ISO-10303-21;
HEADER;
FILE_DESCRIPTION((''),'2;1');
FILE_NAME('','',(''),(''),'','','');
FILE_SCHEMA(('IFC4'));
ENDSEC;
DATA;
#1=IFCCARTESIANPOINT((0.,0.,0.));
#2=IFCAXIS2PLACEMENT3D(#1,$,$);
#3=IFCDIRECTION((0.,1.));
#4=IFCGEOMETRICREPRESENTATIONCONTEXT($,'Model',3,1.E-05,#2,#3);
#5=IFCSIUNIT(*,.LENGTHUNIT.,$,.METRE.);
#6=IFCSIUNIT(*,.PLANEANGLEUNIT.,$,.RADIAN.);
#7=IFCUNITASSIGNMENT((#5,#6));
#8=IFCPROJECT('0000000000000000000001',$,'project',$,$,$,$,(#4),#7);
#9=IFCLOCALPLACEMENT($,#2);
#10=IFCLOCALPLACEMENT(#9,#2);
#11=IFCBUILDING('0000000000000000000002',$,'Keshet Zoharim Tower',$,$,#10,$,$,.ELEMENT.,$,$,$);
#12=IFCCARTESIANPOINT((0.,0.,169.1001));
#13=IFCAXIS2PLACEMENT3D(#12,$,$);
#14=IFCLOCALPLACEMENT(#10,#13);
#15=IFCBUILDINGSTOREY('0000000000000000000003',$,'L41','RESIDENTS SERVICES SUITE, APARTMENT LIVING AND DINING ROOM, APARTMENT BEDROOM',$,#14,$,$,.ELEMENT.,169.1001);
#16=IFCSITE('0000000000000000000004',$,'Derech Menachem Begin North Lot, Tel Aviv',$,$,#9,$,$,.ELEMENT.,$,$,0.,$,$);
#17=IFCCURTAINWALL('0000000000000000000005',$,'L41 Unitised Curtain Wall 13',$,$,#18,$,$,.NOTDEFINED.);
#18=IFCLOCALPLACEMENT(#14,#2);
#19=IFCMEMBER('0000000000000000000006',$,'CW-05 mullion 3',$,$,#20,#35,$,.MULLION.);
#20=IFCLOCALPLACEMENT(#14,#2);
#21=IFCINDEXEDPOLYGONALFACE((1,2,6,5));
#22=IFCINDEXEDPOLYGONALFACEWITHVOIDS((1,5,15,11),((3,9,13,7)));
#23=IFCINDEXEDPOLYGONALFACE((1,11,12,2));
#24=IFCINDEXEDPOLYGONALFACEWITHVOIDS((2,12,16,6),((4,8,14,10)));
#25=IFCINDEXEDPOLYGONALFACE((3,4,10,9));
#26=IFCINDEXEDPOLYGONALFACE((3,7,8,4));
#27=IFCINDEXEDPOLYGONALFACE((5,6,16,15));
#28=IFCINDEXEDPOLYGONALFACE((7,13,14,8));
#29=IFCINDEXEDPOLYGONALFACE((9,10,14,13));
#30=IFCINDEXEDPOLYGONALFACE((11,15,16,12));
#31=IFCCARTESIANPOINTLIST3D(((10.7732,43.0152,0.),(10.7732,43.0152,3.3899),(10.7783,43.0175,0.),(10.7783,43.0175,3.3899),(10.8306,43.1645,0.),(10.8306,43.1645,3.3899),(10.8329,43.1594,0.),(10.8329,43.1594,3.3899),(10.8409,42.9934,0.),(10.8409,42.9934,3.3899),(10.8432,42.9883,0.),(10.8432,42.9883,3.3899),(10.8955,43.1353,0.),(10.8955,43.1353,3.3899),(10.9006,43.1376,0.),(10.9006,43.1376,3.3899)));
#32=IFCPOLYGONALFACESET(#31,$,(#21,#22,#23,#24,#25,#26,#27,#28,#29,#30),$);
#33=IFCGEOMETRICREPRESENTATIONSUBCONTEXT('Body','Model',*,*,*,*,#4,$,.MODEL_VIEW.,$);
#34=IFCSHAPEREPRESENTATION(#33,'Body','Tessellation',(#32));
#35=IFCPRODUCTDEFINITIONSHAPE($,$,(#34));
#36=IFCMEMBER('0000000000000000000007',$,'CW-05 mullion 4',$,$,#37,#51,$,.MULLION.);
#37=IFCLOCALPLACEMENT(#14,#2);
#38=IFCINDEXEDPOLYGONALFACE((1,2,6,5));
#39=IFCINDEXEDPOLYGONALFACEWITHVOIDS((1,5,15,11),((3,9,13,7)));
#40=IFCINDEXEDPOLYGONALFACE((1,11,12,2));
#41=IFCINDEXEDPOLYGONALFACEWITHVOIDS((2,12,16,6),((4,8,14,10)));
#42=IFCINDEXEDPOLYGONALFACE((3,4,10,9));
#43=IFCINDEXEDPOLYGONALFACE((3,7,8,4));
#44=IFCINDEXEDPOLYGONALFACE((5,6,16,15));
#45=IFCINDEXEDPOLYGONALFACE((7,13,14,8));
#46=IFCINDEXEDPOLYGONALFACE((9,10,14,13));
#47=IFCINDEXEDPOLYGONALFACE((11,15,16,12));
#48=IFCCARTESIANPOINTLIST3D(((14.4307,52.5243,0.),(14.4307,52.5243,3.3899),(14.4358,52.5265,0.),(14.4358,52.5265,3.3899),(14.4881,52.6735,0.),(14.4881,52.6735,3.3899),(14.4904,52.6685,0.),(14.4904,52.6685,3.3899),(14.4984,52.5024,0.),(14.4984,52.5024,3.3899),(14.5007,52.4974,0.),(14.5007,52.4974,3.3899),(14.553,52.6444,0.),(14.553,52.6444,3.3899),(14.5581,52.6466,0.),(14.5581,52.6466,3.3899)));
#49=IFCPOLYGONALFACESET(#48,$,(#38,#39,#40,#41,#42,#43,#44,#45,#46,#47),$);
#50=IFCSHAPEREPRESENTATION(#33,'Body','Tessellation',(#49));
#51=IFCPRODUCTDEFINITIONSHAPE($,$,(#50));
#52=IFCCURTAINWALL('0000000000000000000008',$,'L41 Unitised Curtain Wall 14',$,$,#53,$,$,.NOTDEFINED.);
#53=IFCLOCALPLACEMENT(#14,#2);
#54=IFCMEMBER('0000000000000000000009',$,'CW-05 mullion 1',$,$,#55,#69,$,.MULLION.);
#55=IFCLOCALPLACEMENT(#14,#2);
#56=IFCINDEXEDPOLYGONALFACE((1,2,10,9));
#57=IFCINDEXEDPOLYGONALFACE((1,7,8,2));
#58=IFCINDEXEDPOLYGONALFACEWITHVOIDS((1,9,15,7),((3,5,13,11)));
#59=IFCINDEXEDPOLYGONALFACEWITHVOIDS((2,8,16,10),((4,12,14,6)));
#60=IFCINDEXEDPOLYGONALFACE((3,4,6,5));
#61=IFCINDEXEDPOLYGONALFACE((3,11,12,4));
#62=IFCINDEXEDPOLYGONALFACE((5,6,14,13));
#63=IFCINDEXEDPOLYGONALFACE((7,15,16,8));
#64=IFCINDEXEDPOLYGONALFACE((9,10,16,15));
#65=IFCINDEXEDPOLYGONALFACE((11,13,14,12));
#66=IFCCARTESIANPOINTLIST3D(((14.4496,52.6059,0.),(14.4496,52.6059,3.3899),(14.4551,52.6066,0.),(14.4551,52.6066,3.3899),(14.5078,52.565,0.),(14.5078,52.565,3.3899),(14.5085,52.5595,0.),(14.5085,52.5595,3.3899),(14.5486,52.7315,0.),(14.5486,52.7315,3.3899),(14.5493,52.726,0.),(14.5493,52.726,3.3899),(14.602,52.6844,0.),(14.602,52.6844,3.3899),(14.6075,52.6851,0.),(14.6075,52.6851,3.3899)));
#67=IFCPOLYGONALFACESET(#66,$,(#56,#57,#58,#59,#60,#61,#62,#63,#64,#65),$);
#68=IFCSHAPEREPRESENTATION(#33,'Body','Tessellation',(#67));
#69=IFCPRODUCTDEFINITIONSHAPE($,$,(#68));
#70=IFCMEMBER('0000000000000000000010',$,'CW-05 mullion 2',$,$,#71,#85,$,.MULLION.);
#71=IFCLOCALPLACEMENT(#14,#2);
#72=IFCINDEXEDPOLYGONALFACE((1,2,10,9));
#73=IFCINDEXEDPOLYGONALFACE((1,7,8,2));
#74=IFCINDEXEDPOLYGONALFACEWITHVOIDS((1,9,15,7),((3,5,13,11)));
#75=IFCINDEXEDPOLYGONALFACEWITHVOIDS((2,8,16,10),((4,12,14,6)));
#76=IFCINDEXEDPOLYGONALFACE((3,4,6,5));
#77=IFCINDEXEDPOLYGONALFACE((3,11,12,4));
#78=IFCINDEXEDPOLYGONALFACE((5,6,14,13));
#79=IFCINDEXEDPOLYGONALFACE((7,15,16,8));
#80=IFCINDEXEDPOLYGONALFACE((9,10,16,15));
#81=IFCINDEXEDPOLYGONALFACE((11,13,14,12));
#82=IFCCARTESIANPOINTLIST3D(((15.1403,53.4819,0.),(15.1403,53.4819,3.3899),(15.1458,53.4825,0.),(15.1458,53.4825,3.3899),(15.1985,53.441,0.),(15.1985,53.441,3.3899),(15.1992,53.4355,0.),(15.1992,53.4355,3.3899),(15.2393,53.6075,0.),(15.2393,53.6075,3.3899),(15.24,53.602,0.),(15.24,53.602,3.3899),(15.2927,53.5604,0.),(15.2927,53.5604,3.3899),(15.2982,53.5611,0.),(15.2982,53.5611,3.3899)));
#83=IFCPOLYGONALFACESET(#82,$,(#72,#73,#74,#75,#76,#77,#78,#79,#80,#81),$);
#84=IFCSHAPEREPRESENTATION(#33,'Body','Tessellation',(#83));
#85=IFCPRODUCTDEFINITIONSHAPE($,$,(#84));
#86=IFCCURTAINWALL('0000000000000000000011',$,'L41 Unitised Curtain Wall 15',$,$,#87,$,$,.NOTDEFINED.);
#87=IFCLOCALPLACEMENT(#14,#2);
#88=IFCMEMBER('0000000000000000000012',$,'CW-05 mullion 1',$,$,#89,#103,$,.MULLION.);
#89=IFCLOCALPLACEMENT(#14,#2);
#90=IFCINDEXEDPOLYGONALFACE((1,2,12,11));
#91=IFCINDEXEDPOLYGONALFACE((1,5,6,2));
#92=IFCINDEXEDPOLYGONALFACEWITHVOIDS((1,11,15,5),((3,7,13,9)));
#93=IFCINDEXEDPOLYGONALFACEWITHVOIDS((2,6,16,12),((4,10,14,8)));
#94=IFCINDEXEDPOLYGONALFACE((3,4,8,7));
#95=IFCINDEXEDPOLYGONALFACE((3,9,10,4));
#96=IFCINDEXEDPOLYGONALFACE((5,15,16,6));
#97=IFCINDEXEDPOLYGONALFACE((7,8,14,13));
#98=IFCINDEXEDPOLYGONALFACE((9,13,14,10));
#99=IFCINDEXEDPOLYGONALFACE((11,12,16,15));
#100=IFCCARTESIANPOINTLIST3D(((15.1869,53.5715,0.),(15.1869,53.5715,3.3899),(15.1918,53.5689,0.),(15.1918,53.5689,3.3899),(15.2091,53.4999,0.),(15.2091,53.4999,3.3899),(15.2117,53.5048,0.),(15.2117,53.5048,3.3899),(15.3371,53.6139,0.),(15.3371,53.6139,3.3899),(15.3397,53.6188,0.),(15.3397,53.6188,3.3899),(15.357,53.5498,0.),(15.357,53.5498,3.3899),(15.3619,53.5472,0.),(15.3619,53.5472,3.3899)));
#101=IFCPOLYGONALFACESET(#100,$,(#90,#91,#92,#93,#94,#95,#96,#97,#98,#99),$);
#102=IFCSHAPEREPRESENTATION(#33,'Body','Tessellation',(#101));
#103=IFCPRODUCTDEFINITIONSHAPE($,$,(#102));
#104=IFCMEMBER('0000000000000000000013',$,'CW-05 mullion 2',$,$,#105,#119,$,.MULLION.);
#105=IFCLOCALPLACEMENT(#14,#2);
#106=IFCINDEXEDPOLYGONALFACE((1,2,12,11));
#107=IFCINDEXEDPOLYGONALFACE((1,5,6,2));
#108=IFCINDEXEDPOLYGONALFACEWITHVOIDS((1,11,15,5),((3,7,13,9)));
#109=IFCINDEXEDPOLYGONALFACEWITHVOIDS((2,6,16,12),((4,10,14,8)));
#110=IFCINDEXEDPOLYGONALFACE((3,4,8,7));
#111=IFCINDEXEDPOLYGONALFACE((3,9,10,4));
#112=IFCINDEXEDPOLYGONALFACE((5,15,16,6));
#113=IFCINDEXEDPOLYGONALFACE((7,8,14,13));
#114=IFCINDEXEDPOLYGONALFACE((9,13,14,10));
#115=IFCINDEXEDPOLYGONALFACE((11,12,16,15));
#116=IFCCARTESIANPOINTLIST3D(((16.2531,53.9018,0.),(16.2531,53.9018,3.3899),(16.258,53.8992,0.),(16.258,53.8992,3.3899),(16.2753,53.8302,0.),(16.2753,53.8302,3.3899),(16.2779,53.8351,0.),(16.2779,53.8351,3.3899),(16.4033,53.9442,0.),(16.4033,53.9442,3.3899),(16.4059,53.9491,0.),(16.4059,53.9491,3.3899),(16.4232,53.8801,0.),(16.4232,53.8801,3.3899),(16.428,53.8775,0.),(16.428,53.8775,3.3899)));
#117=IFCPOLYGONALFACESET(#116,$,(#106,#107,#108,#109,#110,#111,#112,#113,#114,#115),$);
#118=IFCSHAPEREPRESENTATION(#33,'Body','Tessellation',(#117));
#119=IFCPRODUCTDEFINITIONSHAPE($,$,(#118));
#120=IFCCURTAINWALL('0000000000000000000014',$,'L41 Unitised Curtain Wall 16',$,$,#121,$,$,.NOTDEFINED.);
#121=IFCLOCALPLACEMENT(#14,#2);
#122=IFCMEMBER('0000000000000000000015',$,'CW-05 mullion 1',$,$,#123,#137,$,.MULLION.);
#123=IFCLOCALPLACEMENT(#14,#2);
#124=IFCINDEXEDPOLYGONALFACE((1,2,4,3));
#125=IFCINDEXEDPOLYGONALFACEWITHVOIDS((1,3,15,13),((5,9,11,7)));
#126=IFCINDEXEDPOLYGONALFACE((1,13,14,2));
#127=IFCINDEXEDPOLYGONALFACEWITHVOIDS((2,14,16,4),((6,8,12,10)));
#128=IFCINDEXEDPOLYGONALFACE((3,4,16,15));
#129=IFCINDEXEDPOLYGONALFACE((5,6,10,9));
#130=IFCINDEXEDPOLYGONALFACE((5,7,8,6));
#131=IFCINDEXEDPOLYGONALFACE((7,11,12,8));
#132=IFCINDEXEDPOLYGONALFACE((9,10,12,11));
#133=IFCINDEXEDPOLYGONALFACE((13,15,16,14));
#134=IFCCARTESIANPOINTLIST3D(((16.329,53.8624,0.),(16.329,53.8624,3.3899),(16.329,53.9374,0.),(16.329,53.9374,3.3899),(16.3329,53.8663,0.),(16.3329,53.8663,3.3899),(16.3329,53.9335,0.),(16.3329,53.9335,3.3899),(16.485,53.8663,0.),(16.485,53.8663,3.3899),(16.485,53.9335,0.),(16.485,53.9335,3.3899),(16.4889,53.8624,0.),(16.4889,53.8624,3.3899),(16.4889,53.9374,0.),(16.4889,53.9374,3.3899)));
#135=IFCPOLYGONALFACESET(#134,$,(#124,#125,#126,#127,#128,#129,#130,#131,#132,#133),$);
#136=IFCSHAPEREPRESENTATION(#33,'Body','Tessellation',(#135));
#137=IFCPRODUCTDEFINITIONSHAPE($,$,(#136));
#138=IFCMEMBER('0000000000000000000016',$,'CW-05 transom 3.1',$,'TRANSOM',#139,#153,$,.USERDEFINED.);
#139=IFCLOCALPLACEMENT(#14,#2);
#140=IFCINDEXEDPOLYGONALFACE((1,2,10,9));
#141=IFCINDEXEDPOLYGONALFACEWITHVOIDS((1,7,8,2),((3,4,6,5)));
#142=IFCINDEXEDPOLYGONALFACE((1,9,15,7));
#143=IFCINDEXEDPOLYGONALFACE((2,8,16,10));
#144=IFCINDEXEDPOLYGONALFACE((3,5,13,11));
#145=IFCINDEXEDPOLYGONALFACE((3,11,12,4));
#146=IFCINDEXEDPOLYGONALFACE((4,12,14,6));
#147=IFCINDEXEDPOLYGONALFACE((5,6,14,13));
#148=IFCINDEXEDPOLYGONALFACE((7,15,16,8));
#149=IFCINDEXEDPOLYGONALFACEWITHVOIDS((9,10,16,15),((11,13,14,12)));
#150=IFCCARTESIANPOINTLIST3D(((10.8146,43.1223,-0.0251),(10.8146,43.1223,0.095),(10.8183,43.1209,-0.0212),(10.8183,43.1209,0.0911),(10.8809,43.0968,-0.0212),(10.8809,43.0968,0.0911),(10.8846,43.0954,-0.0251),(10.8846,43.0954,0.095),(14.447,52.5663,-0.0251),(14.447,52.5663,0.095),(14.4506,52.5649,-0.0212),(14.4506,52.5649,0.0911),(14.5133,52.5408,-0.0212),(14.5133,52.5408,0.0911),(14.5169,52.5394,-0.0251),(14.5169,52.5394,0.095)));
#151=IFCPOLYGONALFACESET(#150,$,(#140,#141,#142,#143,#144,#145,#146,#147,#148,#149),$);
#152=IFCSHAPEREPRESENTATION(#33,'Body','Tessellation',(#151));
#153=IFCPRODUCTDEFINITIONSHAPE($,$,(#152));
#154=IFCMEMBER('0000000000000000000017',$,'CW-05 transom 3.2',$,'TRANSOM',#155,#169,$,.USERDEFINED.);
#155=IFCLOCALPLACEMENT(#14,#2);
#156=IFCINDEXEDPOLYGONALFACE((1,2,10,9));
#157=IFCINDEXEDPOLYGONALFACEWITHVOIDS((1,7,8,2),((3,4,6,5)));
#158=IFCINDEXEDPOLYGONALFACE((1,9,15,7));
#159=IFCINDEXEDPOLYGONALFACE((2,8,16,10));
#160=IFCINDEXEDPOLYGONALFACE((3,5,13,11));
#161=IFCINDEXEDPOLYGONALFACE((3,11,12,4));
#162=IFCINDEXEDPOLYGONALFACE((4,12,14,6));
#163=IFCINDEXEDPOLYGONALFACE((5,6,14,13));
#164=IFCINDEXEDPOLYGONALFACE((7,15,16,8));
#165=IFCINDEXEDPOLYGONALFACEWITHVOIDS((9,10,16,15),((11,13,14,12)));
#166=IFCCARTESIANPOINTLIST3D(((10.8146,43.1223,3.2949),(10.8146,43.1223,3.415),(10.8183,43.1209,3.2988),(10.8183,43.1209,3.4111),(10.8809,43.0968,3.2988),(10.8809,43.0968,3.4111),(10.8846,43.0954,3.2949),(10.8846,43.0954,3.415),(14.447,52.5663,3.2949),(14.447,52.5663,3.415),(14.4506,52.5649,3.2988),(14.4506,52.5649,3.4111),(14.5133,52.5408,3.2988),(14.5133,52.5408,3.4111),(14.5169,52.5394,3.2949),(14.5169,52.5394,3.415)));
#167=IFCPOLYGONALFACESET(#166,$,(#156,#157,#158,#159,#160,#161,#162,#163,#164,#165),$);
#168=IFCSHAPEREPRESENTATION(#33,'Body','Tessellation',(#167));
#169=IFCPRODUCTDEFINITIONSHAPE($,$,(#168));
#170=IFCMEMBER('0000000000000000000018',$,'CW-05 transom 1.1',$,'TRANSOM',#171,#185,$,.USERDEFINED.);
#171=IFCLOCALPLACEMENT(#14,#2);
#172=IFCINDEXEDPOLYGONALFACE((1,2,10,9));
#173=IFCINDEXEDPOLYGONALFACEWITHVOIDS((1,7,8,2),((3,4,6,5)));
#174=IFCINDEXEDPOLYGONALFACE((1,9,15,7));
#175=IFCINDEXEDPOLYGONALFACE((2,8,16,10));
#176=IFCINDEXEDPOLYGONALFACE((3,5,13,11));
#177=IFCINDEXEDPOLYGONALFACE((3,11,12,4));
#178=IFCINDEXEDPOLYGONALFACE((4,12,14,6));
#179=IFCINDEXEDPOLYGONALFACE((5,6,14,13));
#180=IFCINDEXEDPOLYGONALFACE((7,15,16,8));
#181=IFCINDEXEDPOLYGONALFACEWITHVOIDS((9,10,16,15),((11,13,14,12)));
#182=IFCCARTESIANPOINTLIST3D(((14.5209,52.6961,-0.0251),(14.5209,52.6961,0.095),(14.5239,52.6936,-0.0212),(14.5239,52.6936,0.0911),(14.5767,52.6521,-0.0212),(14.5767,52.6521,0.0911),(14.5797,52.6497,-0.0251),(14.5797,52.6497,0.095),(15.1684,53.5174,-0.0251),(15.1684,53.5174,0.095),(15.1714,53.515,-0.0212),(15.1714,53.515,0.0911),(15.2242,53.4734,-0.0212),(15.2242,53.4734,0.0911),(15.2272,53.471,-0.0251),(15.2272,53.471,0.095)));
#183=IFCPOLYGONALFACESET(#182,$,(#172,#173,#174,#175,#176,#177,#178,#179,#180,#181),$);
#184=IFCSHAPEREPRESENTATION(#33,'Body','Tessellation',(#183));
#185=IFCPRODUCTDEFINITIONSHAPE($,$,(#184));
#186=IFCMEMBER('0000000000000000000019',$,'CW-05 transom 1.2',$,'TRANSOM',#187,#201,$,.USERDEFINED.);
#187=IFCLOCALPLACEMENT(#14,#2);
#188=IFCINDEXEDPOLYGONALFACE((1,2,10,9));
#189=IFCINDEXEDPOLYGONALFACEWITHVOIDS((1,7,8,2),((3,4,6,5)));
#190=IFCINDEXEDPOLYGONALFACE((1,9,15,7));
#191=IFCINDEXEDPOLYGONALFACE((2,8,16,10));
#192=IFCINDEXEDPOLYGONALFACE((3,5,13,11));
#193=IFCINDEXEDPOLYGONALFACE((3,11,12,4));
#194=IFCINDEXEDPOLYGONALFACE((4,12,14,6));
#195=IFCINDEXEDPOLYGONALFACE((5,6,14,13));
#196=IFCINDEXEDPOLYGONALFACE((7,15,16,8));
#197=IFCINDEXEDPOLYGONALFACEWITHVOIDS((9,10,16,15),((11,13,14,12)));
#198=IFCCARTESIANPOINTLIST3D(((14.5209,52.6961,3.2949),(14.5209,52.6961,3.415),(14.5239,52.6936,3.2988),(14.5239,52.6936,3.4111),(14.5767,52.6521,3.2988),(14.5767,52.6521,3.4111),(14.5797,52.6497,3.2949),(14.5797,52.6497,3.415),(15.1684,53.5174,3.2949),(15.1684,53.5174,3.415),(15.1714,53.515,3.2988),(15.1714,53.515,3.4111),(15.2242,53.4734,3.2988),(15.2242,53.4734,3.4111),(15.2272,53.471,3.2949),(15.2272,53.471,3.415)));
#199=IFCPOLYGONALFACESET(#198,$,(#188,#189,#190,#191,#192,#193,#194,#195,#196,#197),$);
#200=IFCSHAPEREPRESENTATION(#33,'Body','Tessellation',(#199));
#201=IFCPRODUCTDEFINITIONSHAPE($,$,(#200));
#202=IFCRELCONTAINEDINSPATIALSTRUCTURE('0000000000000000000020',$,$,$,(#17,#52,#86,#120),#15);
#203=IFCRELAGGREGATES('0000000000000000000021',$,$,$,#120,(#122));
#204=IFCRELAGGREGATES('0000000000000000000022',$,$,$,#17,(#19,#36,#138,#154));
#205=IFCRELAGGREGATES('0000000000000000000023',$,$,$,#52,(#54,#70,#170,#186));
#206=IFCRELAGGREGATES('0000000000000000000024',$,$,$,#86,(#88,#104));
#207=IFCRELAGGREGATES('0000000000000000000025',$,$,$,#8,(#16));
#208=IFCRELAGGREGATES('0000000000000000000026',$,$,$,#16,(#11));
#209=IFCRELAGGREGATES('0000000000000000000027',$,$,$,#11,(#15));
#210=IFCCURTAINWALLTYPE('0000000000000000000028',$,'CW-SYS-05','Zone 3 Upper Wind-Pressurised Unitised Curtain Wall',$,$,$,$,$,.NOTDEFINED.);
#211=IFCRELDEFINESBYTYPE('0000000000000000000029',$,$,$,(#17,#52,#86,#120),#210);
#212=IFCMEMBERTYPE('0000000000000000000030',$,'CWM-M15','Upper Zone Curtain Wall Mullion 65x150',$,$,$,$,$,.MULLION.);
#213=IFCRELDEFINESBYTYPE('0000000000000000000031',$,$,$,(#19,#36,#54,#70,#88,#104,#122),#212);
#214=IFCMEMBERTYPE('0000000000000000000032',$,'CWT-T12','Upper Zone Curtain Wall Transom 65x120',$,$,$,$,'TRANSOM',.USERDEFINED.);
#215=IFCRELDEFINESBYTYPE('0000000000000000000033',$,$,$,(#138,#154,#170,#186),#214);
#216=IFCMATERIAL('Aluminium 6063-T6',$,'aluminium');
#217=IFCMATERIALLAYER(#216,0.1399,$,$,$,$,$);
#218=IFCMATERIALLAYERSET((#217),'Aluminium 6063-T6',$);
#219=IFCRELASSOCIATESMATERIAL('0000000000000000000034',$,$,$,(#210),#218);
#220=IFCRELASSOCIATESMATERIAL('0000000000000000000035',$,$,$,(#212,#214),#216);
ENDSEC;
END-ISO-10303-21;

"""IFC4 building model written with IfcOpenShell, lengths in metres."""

from ifc_helpers import new_model, si_unit, direction, frame, origin, origin_2d, place, context, subcontext, project, spatial, hollow_rectangle, extrude, material, layer, layer_set, material_profile, profile_set, type_object, element, aggregate, save


model = new_model("IFC4")

# Units and contexts
model_context = context("Model", 3, precision=1e-05, world=origin(), true_north=direction((0.0, 1.0)))
body_context = subcontext(model_context, "Body", "Model", "MODEL_VIEW")
ifc_project = project(units=[si_unit("LENGTHUNIT", "METRE"), si_unit("PLANEANGLEUNIT", "RADIAN")], contexts=[model_context])

# Site, building, storey
site_placement = place(None, origin())
site = spatial("IfcSite", under=ifc_project, at=site_placement, Name="Derech Menachem Begin North Lot, Tel Aviv", CompositionType="ELEMENT", RefElevation=0.0)
building_placement = place(site_placement, origin())
building = spatial("IfcBuilding", under=site, at=building_placement, Name="Keshet Zoharim Tower", CompositionType="ELEMENT")
storey_placement = place(building_placement, frame((0.0, 0.0, 169.1001)))
storey = spatial("IfcBuildingStorey", under=building, at=storey_placement, Name="L41", Description="RESIDENTS SERVICES SUITE, APARTMENT LIVING AND DINING ROOM, APARTMENT BEDROOM", CompositionType="ELEMENT", Elevation=169.1001)

# Curtain walls, members
ifc_material_1 = material(Name="Aluminium 6063-T6", Category="aluminium")
ifc_layer_1 = layer(ifc_material_1, 0.1399)
ifc_layer_set_1 = layer_set([ifc_layer_1], Name="Aluminium 6063-T6")
curtain_wall_type = type_object("IfcCurtainWallType", Name="CW-SYS-05", Description="Zone 3 Upper Wind-Pressurised Unitised Curtain Wall", PredefinedType="NOTDEFINED", material=ifc_layer_set_1)
curtain_wall_1_placement = place(storey_placement, origin())
curtain_wall_1 = element("IfcCurtainWall", 1, at=curtain_wall_1_placement, inside=storey, type_object=curtain_wall_type, Name="L41 Unitised Curtain Wall 13", PredefinedType="NOTDEFINED")
ifc_material_profile_1 = material_profile(ifc_material_1, hollow_rectangle(XDim=0.075, YDim=0.1599, WallThickness=0.0039, at=origin_2d()), Name="MUL-75x160")
ifc_profile_set_1 = profile_set([ifc_material_profile_1], Name="Aluminium 6063-T6")
member_type_1 = type_object("IfcMemberType", Name="CWM-M15", Description="Upper Zone Curtain Wall Mullion 65x150", PredefinedType="MULLION", material=ifc_profile_set_1)
member_1_placement = place(storey_placement, frame((10.8369, 43.0764, 0.0), z_axis=(0.0, 0.0, 1.0), x_axis=(-0.933341, 0.35899, 0.0)))
member_1 = element("IfcMember", 2, at=member_1_placement, type_object=member_type_1, Name="CW-05 mullion 3", PredefinedType="MULLION", context=body_context, shape_type="SweptSolid", body=[
    extrude(hollow_rectangle(XDim=0.075, YDim=0.1599, WallThickness=0.0039, at=origin_2d()), origin(), (0.0, 0.0, 1.0), 3.3899),
])
member_2_placement = place(storey_placement, frame((14.4944, 52.5854, 0.0), z_axis=(0.0, 0.0, 1.0), x_axis=(-0.933341, 0.35899, 0.0)))
member_2 = element("IfcMember", 3, at=member_2_placement, type_object=member_type_1, Name="CW-05 mullion 4", PredefinedType="MULLION", context=body_context, shape_type="SweptSolid", body=[
    extrude(hollow_rectangle(XDim=0.075, YDim=0.1599, WallThickness=0.0039, at=origin_2d()), origin(), (0.0, 0.0, 1.0), 3.3899),
])
curtain_wall_2_placement = place(storey_placement, origin())
curtain_wall_2 = element("IfcCurtainWall", 4, at=curtain_wall_2_placement, inside=storey, type_object=curtain_wall_type, Name="L41 Unitised Curtain Wall 14", PredefinedType="NOTDEFINED")
member_3_placement = place(storey_placement, frame((14.5286, 52.6455, 0.0), z_axis=(0.0, 0.0, 1.0), x_axis=(-0.785293, 0.619125, 0.0)))
member_3 = element("IfcMember", 5, at=member_3_placement, type_object=member_type_1, Name="CW-05 mullion 1", PredefinedType="MULLION", context=body_context, shape_type="SweptSolid", body=[
    extrude(hollow_rectangle(XDim=0.075, YDim=0.1599, WallThickness=0.0039, at=origin_2d()), origin(), (0.0, 0.0, 1.0), 3.3899),
])
member_4_placement = place(storey_placement, frame((15.2192, 53.5215, 0.0), z_axis=(0.0, 0.0, 1.0), x_axis=(-0.785293, 0.619125, 0.0)))
member_4 = element("IfcMember", 6, at=member_4_placement, type_object=member_type_1, Name="CW-05 mullion 2", PredefinedType="MULLION", context=body_context, shape_type="SweptSolid", body=[
    extrude(hollow_rectangle(XDim=0.075, YDim=0.1599, WallThickness=0.0039, at=origin_2d()), origin(), (0.0, 0.0, 1.0), 3.3899),
])
curtain_wall_3_placement = place(storey_placement, origin())
curtain_wall_3 = element("IfcCurtainWall", 7, at=curtain_wall_3_placement, inside=storey, type_object=curtain_wall_type, Name="L41 Unitised Curtain Wall 15", PredefinedType="NOTDEFINED")
member_5_placement = place(storey_placement, frame((15.2744, 53.5593, 0.0), z_axis=(0.0, 0.0, 1.0), x_axis=(-0.295922, 0.955212, 0.0)))
member_5 = element("IfcMember", 8, at=member_5_placement, type_object=member_type_1, Name="CW-05 mullion 1", PredefinedType="MULLION", context=body_context, shape_type="SweptSolid", body=[
    extrude(hollow_rectangle(XDim=0.075, YDim=0.1599, WallThickness=0.0039, at=origin_2d()), origin(), (0.0, 0.0, 1.0), 3.3899),
])
member_6_placement = place(storey_placement, frame((16.3406, 53.8896, 0.0), z_axis=(0.0, 0.0, 1.0), x_axis=(-0.295922, 0.955212, 0.0)))
member_6 = element("IfcMember", 9, at=member_6_placement, type_object=member_type_1, Name="CW-05 mullion 2", PredefinedType="MULLION", context=body_context, shape_type="SweptSolid", body=[
    extrude(hollow_rectangle(XDim=0.075, YDim=0.1599, WallThickness=0.0039, at=origin_2d()), origin(), (0.0, 0.0, 1.0), 3.3899),
])

# Curtain wall, member
curtain_wall_4_placement = place(storey_placement, origin())
curtain_wall_4 = element("IfcCurtainWall", 10, at=curtain_wall_4_placement, inside=storey, type_object=curtain_wall_type, Name="L41 Unitised Curtain Wall 16", PredefinedType="NOTDEFINED")
member_7_placement = place(storey_placement, frame((16.4089, 53.8999, 0.0), z_axis=(0.0, 0.0, 1.0), x_axis=(0.0, 1.0, 0.0)))
member_7 = element("IfcMember", 11, at=member_7_placement, type_object=member_type_1, Name="CW-05 mullion 1", PredefinedType="MULLION", context=body_context, shape_type="SweptSolid", body=[
    extrude(hollow_rectangle(XDim=0.075, YDim=0.1599, WallThickness=0.0039, at=origin_2d()), origin(), (0.0, 0.0, 1.0), 3.3899),
])

# Members
ifc_material_profile_2 = material_profile(ifc_material_1, hollow_rectangle(XDim=0.075, YDim=0.1201, WallThickness=0.0039, at=origin_2d()), Name="TRN-75x120")
ifc_profile_set_2 = profile_set([ifc_material_profile_2], Name="Aluminium 6063-T6")
member_type_2 = type_object("IfcMemberType", Name="CWT-T12", Description="Upper Zone Curtain Wall Transom 65x120", ElementType="TRANSOM", PredefinedType="USERDEFINED", material=ifc_profile_set_2)
member_8_placement = place(storey_placement, frame((10.8496, 43.1089, 0.0349), z_axis=(0.358986, 0.933343, 0.0), x_axis=(-0.933343, 0.358986, 0.0)))
member_8 = element("IfcMember", 12, at=member_8_placement, type_object=member_type_2, Name="CW-05 transom 3.1", ObjectType="TRANSOM", PredefinedType="USERDEFINED", context=body_context, shape_type="SweptSolid", body=[
    extrude(hollow_rectangle(XDim=0.075, YDim=0.1201, WallThickness=0.0039, at=origin_2d()), origin(), (0.0, 0.0, 1.0), 10.1184),
])
member_9_placement = place(storey_placement, frame((10.8496, 43.1089, 3.355), z_axis=(0.358986, 0.933343, 0.0), x_axis=(-0.933343, 0.358986, 0.0)))
member_9 = element("IfcMember", 13, at=member_9_placement, type_object=member_type_2, Name="CW-05 transom 3.2", ObjectType="TRANSOM", PredefinedType="USERDEFINED", context=body_context, shape_type="SweptSolid", body=[
    extrude(hollow_rectangle(XDim=0.075, YDim=0.1201, WallThickness=0.0039, at=origin_2d()), origin(), (0.0, 0.0, 1.0), 10.1184),
])
member_10_placement = place(storey_placement, frame((14.5503, 52.6729, 0.0349), z_axis=(0.619099, 0.785313, 0.0), x_axis=(-0.785313, 0.619099, 0.0)))
member_10 = element("IfcMember", 14, at=member_10_placement, type_object=member_type_2, Name="CW-05 transom 1.1", ObjectType="TRANSOM", PredefinedType="USERDEFINED", context=body_context, shape_type="SweptSolid", body=[
    extrude(hollow_rectangle(XDim=0.075, YDim=0.1201, WallThickness=0.0039, at=origin_2d()), origin(), (0.0, 0.0, 1.0), 1.0459),
])
member_11_placement = place(storey_placement, frame((14.5503, 52.6729, 3.355), z_axis=(0.619099, 0.785313, 0.0), x_axis=(-0.785313, 0.619099, 0.0)))
member_11 = element("IfcMember", 15, at=member_11_placement, type_object=member_type_2, Name="CW-05 transom 1.2", ObjectType="TRANSOM", PredefinedType="USERDEFINED", context=body_context, shape_type="SweptSolid", body=[
    extrude(hollow_rectangle(XDim=0.075, YDim=0.1201, WallThickness=0.0039, at=origin_2d()), origin(), (0.0, 0.0, 1.0), 1.0459),
])
aggregate(curtain_wall_4, [member_7])

aggregate(curtain_wall_1, [member_1, member_2, member_8, member_9])
aggregate(curtain_wall_2, [member_3, member_4, member_10, member_11])
aggregate(curtain_wall_3, [member_5, member_6])

save(model, "model.ifc")
